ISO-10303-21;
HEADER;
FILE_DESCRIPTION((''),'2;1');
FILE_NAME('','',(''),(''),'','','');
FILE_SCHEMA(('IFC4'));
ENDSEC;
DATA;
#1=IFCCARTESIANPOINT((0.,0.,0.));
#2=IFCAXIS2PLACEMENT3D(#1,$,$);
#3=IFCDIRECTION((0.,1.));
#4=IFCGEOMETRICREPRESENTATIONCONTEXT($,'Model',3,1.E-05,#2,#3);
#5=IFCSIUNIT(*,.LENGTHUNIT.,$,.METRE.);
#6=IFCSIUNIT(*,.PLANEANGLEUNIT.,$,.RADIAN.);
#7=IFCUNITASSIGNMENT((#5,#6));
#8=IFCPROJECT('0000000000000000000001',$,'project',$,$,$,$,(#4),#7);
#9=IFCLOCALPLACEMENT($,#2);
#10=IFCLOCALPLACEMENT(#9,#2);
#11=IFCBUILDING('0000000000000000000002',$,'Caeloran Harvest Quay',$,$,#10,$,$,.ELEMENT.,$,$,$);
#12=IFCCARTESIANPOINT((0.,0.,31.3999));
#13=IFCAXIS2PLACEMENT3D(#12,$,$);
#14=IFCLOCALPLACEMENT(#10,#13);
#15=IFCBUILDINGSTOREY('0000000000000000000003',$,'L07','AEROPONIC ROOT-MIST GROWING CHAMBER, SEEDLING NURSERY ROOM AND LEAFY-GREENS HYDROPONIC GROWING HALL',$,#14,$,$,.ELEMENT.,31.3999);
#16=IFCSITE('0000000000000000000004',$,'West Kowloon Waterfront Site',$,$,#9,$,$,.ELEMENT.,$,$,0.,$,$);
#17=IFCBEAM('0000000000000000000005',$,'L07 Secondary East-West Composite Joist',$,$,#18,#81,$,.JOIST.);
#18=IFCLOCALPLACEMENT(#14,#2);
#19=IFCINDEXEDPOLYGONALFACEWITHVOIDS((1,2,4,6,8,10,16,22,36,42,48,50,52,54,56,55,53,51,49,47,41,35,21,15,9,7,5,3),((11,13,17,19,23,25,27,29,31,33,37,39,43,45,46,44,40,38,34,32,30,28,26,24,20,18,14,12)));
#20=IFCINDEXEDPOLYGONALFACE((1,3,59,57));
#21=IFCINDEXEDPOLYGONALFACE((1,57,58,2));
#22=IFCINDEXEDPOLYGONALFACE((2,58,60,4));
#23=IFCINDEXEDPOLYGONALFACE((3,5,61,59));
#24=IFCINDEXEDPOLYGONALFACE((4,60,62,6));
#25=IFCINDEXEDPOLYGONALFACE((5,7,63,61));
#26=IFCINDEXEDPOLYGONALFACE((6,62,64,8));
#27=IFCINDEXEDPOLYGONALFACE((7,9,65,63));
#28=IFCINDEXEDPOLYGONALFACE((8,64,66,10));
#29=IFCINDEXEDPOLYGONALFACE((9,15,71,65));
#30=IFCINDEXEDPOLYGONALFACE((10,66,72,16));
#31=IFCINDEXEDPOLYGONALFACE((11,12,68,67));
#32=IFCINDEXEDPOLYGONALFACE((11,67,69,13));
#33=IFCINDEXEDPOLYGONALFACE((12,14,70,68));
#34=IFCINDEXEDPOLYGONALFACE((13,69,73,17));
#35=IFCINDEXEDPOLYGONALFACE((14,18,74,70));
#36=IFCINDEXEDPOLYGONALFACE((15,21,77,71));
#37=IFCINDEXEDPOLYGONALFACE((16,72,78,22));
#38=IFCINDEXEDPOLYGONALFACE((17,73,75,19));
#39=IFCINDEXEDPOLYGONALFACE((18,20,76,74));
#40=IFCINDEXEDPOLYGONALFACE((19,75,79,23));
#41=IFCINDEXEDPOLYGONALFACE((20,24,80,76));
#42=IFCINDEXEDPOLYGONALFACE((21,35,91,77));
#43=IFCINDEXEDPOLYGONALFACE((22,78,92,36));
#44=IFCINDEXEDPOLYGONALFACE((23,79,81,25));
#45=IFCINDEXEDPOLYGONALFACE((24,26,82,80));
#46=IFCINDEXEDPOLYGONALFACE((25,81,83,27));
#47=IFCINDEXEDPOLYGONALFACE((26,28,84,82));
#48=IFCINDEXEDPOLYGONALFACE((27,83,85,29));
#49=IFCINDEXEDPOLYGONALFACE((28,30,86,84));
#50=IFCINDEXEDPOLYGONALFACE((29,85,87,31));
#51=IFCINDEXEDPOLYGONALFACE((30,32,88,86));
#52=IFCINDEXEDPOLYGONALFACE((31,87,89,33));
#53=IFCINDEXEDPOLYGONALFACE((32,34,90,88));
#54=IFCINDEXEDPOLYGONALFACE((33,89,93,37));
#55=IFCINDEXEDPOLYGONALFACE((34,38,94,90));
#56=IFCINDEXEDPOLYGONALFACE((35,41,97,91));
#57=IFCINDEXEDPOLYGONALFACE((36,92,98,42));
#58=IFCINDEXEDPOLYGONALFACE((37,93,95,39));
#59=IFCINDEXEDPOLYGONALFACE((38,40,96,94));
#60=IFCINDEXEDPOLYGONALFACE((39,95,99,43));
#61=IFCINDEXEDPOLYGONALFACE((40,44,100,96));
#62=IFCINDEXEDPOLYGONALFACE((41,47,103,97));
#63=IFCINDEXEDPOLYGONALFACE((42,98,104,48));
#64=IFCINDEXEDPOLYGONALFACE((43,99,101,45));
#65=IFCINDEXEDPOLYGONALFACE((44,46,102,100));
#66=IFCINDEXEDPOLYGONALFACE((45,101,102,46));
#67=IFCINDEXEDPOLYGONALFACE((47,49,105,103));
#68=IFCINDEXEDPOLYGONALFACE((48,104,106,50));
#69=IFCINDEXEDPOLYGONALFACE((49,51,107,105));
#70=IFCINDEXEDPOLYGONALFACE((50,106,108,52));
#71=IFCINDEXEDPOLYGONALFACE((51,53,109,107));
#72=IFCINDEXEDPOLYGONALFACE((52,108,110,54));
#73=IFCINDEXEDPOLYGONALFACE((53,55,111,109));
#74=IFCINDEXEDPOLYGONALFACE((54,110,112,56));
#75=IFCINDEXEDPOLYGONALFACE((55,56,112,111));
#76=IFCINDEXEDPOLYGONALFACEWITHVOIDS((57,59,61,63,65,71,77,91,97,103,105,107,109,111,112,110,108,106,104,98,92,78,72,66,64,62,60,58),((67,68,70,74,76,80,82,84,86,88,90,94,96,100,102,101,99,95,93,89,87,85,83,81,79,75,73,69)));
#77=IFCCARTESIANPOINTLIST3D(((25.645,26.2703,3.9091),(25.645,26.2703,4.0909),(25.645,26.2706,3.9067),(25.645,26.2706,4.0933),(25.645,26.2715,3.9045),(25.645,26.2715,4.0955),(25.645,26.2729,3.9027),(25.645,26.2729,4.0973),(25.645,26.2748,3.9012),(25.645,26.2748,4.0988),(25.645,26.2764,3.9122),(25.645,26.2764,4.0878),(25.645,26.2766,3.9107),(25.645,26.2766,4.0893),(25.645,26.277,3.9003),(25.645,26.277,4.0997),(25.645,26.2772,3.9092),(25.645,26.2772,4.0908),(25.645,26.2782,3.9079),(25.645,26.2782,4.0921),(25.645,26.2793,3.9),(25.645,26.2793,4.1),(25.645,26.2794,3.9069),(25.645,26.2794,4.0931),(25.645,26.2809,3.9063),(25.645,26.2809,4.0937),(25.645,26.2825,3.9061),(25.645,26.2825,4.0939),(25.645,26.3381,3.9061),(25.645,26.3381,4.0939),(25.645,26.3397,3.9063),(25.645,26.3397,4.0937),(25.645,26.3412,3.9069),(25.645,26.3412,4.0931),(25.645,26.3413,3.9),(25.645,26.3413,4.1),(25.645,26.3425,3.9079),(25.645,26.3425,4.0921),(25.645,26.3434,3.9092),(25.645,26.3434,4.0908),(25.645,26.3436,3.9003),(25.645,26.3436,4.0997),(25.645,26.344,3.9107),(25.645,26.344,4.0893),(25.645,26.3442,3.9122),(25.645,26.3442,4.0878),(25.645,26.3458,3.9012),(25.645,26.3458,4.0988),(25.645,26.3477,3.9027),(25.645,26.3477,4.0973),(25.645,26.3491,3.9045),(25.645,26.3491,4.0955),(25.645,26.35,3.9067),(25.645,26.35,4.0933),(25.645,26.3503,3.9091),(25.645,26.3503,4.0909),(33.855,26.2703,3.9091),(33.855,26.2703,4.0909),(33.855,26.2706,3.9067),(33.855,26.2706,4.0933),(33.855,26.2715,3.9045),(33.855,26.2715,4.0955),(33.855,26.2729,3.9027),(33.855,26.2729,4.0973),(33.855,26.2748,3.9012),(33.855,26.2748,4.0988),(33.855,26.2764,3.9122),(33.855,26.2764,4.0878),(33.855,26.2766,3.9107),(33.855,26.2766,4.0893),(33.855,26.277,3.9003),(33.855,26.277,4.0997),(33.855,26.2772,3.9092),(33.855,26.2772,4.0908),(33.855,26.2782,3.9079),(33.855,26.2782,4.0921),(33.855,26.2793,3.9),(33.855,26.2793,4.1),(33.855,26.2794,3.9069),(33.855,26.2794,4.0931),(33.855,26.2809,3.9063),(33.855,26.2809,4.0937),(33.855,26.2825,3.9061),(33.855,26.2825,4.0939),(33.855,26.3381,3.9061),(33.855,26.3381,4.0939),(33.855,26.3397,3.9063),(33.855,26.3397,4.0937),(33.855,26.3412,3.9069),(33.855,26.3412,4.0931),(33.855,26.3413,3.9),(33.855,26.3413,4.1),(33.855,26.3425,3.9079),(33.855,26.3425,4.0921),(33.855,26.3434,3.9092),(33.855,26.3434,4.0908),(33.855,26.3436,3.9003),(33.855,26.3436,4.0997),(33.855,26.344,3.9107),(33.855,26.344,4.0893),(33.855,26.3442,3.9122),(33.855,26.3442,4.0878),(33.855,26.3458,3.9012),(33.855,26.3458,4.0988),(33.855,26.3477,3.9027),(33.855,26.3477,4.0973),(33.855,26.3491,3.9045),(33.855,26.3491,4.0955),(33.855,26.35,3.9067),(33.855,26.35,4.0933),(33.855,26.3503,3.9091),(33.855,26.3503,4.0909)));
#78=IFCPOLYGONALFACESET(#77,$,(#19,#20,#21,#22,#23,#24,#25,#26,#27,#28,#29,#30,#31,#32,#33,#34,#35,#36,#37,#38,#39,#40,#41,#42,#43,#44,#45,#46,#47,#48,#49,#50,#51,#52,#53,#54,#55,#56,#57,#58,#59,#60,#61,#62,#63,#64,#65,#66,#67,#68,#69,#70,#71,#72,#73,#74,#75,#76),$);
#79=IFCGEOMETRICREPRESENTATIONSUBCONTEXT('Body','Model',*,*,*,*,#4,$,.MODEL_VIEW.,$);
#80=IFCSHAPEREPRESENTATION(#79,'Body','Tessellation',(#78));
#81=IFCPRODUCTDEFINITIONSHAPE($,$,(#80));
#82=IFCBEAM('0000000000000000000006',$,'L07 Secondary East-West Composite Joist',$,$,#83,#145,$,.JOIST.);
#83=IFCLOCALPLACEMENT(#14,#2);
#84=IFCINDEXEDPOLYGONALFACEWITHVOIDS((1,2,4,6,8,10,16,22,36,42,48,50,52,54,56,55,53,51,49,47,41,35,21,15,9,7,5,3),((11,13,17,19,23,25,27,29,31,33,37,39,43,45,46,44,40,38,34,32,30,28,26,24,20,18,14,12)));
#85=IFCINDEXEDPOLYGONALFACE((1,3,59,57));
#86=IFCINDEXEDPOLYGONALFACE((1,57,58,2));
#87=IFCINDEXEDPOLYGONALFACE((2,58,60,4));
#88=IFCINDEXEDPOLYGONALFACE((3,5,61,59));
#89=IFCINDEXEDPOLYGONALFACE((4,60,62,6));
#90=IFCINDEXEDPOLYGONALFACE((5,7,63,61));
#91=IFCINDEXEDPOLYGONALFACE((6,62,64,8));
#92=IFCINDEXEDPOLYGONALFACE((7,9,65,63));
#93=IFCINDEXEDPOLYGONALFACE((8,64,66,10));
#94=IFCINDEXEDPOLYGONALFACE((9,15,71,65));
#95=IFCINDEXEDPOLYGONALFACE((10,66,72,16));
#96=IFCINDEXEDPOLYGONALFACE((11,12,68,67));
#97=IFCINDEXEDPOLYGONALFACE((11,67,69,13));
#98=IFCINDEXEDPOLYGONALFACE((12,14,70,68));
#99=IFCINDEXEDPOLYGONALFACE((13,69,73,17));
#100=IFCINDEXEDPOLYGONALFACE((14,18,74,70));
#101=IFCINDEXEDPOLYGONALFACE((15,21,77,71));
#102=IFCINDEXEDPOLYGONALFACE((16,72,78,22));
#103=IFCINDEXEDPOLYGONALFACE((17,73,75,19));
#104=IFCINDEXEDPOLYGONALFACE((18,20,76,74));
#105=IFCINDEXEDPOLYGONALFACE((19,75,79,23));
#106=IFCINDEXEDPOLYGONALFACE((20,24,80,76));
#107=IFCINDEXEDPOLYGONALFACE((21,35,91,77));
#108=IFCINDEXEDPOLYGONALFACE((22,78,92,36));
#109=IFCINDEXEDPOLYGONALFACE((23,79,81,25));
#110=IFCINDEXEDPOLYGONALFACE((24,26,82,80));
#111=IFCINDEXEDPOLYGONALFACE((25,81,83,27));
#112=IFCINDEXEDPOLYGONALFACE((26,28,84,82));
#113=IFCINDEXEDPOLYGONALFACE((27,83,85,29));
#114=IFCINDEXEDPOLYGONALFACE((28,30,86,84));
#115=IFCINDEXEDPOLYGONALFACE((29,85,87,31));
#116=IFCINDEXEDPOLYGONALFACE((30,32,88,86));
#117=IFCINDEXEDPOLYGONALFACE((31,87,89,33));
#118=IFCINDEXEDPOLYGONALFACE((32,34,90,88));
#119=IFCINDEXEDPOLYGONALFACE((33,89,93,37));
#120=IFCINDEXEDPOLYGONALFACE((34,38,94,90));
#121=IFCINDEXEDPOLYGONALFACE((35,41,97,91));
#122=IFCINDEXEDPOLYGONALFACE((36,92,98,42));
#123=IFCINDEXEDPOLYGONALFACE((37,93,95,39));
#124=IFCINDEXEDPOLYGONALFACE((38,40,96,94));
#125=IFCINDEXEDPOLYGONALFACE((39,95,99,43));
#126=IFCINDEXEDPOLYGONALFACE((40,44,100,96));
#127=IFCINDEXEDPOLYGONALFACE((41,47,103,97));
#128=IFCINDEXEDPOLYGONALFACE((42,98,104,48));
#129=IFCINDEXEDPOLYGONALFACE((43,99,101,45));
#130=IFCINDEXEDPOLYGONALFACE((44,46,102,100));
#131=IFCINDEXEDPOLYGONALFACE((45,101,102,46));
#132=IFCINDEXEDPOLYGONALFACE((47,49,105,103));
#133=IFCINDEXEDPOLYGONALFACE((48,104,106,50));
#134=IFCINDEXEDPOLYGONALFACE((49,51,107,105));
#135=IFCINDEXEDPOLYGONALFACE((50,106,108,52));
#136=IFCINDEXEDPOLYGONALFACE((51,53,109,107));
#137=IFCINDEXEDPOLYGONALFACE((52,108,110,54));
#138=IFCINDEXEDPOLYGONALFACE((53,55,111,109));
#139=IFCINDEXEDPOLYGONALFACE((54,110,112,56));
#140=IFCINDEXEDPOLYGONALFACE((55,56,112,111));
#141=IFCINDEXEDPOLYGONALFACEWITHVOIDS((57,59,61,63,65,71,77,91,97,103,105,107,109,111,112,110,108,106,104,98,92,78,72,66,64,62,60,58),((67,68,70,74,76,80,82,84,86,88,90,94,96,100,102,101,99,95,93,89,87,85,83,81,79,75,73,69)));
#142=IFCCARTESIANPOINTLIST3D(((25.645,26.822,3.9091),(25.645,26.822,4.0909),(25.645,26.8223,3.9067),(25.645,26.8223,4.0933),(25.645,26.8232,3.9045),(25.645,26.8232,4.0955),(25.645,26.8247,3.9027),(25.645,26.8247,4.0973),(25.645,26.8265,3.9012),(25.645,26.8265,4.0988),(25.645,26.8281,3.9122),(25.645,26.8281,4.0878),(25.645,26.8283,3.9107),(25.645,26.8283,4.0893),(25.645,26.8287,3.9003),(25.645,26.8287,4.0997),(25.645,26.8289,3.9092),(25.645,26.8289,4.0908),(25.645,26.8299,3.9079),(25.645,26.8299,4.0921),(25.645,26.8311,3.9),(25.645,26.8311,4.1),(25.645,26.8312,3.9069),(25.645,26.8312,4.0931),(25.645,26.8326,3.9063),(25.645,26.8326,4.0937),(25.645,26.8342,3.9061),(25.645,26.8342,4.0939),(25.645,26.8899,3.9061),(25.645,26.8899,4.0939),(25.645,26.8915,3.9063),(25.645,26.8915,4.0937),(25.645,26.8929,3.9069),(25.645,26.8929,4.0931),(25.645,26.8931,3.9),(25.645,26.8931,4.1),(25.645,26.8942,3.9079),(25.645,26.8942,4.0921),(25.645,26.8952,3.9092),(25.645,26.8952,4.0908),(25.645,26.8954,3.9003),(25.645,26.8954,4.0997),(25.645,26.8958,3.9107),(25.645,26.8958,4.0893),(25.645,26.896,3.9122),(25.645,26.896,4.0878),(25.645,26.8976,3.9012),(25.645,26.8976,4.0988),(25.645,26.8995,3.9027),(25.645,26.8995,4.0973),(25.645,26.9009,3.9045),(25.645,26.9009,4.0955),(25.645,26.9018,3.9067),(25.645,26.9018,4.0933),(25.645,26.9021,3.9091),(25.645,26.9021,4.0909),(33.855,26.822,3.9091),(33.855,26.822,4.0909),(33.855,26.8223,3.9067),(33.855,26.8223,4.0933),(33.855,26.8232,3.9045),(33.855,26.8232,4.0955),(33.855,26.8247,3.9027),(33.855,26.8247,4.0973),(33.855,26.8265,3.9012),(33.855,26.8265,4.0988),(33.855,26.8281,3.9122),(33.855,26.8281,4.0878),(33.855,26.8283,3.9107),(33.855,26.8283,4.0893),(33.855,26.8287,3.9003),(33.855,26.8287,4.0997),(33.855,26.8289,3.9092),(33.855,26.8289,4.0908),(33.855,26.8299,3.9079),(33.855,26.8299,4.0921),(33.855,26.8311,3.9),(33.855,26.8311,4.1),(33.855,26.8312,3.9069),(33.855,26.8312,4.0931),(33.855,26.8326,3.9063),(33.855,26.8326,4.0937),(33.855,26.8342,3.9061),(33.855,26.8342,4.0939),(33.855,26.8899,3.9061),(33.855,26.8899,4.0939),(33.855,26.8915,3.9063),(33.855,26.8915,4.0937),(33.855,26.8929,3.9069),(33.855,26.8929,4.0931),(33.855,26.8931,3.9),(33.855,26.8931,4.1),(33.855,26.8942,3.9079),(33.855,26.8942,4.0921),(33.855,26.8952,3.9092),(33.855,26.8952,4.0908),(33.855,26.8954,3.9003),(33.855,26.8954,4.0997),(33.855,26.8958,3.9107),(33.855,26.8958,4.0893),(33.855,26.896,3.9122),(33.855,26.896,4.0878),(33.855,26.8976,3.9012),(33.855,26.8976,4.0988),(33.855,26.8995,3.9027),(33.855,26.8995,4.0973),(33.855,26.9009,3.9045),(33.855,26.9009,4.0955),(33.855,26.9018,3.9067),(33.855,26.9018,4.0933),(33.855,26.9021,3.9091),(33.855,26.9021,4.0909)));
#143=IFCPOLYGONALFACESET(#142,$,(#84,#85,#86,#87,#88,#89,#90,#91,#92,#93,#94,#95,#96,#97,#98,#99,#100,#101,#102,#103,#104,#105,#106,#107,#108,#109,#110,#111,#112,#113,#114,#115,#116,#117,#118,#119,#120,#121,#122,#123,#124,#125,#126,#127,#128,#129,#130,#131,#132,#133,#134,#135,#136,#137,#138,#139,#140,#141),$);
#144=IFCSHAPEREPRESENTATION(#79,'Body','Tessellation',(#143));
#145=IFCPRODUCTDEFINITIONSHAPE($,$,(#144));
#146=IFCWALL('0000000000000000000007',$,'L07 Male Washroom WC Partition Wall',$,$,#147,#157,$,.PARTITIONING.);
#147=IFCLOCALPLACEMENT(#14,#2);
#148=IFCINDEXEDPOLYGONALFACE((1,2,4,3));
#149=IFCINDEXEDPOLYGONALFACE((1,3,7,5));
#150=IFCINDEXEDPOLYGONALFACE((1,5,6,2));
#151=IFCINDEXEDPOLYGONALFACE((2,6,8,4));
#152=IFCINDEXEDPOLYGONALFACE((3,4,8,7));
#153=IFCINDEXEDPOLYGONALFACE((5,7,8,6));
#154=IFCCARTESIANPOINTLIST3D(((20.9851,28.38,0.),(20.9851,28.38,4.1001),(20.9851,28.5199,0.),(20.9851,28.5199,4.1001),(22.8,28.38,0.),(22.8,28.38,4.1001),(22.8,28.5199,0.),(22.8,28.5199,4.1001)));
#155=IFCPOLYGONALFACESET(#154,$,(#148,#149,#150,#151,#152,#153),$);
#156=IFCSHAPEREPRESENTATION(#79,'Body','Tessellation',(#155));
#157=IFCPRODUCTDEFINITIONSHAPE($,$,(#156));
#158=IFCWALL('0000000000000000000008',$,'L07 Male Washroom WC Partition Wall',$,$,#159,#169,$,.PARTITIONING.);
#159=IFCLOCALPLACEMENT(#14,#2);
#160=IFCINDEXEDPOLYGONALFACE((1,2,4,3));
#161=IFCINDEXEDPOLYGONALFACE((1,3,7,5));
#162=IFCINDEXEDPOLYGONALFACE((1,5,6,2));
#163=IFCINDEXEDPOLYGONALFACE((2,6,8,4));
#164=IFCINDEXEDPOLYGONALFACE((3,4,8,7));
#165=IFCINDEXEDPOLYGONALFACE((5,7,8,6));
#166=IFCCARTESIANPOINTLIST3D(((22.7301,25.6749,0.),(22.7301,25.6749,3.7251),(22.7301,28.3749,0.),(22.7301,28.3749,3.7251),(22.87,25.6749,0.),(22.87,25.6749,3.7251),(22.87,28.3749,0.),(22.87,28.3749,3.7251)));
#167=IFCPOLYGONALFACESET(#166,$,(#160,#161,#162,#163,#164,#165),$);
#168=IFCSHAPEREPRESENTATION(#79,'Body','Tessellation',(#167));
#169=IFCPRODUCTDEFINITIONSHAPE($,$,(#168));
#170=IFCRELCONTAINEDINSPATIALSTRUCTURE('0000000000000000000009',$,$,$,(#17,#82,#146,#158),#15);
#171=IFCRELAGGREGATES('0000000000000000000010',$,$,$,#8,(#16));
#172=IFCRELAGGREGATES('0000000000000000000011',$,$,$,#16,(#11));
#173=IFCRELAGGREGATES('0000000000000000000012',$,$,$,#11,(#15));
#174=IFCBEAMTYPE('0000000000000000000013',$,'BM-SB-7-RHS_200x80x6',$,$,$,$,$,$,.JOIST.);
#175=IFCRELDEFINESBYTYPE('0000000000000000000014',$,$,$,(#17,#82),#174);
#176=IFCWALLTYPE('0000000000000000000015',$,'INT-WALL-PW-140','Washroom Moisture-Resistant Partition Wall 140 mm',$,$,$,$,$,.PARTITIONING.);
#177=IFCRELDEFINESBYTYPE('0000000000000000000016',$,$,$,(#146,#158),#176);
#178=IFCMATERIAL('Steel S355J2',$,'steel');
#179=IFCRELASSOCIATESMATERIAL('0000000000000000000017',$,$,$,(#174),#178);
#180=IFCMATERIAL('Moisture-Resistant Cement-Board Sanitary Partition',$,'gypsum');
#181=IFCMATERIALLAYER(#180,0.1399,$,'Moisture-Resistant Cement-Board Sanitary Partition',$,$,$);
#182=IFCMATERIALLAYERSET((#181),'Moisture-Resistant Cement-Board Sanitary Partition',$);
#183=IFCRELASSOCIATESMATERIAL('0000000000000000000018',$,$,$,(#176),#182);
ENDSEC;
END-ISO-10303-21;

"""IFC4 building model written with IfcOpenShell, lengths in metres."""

from ifc_helpers import new_model, si_unit, direction, frame, frame_2d, origin, origin_2d, place, context, subcontext, project, spatial, rectangle, hollow_rectangle, extrude, material, layer, layer_set, material_profile, profile_set, type_object, element, save


model = new_model("IFC4")

# Units and contexts
model_context = context("Model", 3, precision=1e-05, world=origin(), true_north=direction((0.0, 1.0)))
body_context = subcontext(model_context, "Body", "Model", "MODEL_VIEW")
ifc_project = project(units=[si_unit("LENGTHUNIT", "METRE"), si_unit("PLANEANGLEUNIT", "RADIAN")], contexts=[model_context])

# Site, building, storey
site_placement = place(None, origin())
site = spatial("IfcSite", under=ifc_project, at=site_placement, Name="West Kowloon Waterfront Site", CompositionType="ELEMENT", RefElevation=0.0)
building_placement = place(site_placement, origin())
building = spatial("IfcBuilding", under=site, at=building_placement, Name="Caeloran Harvest Quay", CompositionType="ELEMENT")
storey_placement = place(building_placement, frame((0.0, 0.0, 31.3999)))
storey = spatial("IfcBuildingStorey", under=building, at=storey_placement, Name="L07", Description="AEROPONIC ROOT-MIST GROWING CHAMBER, SEEDLING NURSERY ROOM AND LEAFY-GREENS HYDROPONIC GROWING HALL", CompositionType="ELEMENT", Elevation=31.3999)

# Beams
ifc_material_1 = material(Name="Steel S355J2", Category="steel")
ifc_material_profile_1 = material_profile(ifc_material_1, hollow_rectangle(XDim=0.0801, YDim=0.2, WallThickness=0.0061, InnerFilletRadius=0.0061, OuterFilletRadius=0.009, at=origin_2d()), Name="RHS 200x80x6")
ifc_profile_set_1 = profile_set([ifc_material_profile_1], Name="Steel S355J2")
beam_type_1 = type_object("IfcBeamType", Name="BM-SB-7-RHS_200x80x6", PredefinedType="JOIST", material=ifc_profile_set_1)
for number, where, z_axis, x_axis, name in (
    (1, (25.645, 26.3103, 4.0), (1.0, 0.0, 0.0), (0.0, 1.0, 0.0), "L07 Secondary East-West Composite Joist"),
    (2, (25.645, 26.8621, 4.0), (1.0, 0.0, 0.0), (0.0, 1.0, 0.0), "L07 Secondary East-West Composite Joist"),
):
    element("IfcBeam", number, at=place(storey_placement, frame(where, z_axis=z_axis, x_axis=x_axis)), inside=storey, type_object=beam_type_1, Name=name, PredefinedType="JOIST", context=body_context, shape_type="SweptSolid", body=[
        extrude(hollow_rectangle(XDim=0.0801, YDim=0.2, WallThickness=0.0061, InnerFilletRadius=0.0061, OuterFilletRadius=0.009, at=origin_2d()), origin(), (0.0, 0.0, 1.0), 8.21),
    ])

# Walls
ifc_material_2 = material(Name="Moisture-Resistant Cement-Board Sanitary Partition", Category="gypsum")
ifc_layer_1 = layer(ifc_material_2, 0.1399, Name="Moisture-Resistant Cement-Board Sanitary Partition")
ifc_layer_set_1 = layer_set([ifc_layer_1], Name="Moisture-Resistant Cement-Board Sanitary Partition")
wall_type_1 = type_object("IfcWallType", Name="INT-WALL-PW-140", Description="Washroom Moisture-Resistant Partition Wall 140 mm", PredefinedType="PARTITIONING", material=ifc_layer_set_1)
wall_1_placement = place(storey_placement, frame((20.9851, 28.45, 0.0), z_axis=(0.0, 0.0, 1.0), x_axis=(1.0, 0.0, 0.0)))
element("IfcWall", 3, at=wall_1_placement, inside=storey, type_object=wall_type_1, Name="L07 Male Washroom WC Partition Wall", PredefinedType="PARTITIONING", context=body_context, shape_type="SweptSolid", body=[
    extrude(rectangle(XDim=1.8149, YDim=0.1399, at=frame_2d((0.9075, 0.0))), origin(), (0.0, 0.0, 1.0), 4.1001),
])
wall_2_placement = place(storey_placement, frame((22.8, 28.375, 0.0), z_axis=(0.0, 0.0, 1.0), x_axis=(0.0, -1.0, 0.0)))
element("IfcWall", 4, at=wall_2_placement, inside=storey, type_object=wall_type_1, Name="L07 Male Washroom WC Partition Wall", PredefinedType="PARTITIONING", context=body_context, shape_type="SweptSolid", body=[
    extrude(rectangle(XDim=2.7, YDim=0.1399, at=frame_2d((1.3501, 0.0))), origin(), (0.0, 0.0, 1.0), 3.7251),
])

save(model, "model.ifc")
